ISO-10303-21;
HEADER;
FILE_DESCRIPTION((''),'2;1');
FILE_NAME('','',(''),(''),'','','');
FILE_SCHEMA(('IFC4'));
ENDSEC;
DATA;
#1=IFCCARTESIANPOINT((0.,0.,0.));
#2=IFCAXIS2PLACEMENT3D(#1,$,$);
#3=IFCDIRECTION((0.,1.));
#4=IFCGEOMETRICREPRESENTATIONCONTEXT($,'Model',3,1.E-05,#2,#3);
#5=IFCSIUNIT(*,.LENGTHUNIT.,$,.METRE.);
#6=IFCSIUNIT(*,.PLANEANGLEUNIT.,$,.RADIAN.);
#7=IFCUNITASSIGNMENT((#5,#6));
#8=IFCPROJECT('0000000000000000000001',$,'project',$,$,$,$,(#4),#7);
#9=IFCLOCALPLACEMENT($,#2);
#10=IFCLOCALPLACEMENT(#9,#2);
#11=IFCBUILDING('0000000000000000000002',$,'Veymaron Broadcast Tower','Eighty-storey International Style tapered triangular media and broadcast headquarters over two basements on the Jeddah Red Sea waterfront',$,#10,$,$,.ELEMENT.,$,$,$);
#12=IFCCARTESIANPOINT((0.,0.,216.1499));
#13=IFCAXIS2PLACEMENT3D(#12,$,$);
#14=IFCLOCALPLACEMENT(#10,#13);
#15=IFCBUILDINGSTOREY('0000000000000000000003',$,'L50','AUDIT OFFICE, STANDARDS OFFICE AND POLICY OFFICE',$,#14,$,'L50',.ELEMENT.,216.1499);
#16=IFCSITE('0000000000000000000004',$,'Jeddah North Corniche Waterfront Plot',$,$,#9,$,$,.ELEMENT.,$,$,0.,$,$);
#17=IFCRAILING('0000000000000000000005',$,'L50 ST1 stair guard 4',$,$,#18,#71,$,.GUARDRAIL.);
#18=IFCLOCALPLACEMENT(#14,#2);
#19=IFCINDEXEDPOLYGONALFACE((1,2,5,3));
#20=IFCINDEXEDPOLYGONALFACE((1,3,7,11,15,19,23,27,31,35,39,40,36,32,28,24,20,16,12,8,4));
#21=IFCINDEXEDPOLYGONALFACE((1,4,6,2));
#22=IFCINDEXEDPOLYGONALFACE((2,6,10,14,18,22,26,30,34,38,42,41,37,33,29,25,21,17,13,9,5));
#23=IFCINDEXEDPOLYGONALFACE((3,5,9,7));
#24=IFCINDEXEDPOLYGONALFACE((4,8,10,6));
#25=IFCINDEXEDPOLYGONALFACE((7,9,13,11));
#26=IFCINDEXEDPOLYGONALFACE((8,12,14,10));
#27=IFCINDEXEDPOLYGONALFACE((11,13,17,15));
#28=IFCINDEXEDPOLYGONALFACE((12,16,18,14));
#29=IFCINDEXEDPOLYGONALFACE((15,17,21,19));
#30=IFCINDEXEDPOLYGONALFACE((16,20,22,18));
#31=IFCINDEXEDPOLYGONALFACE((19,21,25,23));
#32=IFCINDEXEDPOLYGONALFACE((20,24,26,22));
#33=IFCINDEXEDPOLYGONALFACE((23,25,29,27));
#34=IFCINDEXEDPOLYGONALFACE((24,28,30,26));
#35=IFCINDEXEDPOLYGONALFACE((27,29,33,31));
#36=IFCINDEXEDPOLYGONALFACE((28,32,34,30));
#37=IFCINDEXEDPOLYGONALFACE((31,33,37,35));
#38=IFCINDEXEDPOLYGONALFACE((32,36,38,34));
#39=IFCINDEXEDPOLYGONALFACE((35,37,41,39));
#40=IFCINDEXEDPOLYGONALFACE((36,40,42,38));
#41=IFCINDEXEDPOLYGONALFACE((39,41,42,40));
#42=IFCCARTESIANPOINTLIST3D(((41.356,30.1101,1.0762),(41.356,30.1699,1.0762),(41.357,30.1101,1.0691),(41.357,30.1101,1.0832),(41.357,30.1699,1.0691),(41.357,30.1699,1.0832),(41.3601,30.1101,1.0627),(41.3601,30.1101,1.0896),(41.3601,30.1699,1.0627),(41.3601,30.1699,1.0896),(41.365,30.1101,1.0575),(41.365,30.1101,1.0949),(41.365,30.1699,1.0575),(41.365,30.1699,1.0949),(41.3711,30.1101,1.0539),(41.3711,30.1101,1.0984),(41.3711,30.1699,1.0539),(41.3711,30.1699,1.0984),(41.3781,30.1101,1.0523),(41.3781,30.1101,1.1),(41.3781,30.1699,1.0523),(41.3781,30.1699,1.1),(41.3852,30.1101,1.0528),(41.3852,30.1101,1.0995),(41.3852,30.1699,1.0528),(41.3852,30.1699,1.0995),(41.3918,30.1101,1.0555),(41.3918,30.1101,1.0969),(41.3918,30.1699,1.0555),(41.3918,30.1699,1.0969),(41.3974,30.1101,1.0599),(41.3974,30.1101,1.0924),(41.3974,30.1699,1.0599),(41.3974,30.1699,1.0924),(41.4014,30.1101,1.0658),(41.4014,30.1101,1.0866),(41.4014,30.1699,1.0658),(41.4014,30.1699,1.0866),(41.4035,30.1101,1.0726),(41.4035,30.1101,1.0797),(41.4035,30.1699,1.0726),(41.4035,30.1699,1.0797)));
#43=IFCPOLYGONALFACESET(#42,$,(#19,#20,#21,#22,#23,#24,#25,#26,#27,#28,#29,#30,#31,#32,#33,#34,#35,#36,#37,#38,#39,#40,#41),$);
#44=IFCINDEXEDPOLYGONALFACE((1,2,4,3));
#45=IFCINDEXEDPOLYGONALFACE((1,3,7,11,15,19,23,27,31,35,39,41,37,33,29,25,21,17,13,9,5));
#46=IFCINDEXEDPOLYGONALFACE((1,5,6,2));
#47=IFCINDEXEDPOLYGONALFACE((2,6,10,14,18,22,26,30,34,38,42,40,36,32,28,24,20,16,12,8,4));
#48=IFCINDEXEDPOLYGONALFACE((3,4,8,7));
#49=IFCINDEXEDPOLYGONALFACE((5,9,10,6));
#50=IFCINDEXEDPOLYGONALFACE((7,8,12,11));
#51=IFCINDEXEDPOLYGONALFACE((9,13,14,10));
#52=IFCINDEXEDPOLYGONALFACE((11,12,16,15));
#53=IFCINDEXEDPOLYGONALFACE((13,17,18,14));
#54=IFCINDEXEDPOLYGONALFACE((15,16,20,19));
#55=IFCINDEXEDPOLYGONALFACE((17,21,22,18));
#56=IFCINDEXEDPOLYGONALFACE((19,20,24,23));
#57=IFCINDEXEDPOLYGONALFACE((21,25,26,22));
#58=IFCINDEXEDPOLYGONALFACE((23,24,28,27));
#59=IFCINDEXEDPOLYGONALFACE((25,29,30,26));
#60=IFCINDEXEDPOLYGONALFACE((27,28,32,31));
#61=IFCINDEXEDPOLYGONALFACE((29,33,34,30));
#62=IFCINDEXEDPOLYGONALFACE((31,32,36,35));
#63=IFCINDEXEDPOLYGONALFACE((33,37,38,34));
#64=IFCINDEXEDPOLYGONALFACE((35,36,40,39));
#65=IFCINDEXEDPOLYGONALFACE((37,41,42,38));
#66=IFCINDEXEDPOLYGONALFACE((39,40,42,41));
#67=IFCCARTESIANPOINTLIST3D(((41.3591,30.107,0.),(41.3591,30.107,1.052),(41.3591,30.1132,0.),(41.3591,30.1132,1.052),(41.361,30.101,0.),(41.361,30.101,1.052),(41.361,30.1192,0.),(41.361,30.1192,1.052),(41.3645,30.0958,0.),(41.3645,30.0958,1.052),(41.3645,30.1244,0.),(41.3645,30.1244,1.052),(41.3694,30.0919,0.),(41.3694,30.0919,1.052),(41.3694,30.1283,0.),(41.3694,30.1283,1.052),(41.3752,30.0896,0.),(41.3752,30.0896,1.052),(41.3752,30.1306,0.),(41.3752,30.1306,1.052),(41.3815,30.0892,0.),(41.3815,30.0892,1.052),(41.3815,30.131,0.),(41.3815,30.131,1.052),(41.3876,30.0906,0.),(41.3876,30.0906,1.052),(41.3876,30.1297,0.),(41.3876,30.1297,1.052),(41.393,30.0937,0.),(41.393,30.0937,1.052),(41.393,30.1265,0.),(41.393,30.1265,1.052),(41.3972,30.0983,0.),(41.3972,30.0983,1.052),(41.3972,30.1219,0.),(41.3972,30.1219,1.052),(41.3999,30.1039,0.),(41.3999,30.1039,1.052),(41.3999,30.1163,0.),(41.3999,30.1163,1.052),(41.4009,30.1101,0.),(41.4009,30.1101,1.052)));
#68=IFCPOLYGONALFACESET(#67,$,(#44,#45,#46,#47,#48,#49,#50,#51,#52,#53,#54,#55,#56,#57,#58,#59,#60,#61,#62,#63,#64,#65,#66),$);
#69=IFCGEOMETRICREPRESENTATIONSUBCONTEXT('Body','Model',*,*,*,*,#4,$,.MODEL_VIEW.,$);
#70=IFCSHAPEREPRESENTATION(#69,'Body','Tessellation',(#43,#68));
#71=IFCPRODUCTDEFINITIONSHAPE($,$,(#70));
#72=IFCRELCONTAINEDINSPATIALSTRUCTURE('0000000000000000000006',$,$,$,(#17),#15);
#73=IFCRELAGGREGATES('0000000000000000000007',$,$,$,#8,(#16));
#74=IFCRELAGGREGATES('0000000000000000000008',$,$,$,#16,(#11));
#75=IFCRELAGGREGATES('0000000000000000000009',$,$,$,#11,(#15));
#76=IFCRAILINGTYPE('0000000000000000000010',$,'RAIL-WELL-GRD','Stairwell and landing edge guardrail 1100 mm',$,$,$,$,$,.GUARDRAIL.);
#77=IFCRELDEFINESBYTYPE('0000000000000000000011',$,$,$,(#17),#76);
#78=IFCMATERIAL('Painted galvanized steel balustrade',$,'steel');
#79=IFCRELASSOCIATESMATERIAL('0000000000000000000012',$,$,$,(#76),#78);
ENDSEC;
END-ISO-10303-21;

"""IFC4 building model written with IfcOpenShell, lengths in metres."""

from ifc_helpers import new_model, si_unit, direction, frame, origin, origin_2d, place, context, subcontext, project, spatial, circle, extrude, material, type_object, element, save


model = new_model("IFC4")

# Units and contexts
model_context = context("Model", 3, precision=1e-05, world=origin(), true_north=direction((0.0, 1.0)))
body_context = subcontext(model_context, "Body", "Model", "MODEL_VIEW")
ifc_project = project(units=[si_unit("LENGTHUNIT", "METRE"), si_unit("PLANEANGLEUNIT", "RADIAN")], contexts=[model_context])

# Site, building, storey
site_placement = place(None, origin())
site = spatial("IfcSite", under=ifc_project, at=site_placement, Name="Jeddah North Corniche Waterfront Plot", CompositionType="ELEMENT", RefElevation=0.0)
building_placement = place(site_placement, origin())
building = spatial("IfcBuilding", under=site, at=building_placement, Name="Veymaron Broadcast Tower", Description="Eighty-storey International Style tapered triangular media and broadcast headquarters over two basements on the Jeddah Red Sea waterfront", CompositionType="ELEMENT")
storey_placement = place(building_placement, frame((0.0, 0.0, 216.1499)))
storey = spatial("IfcBuildingStorey", under=building, at=storey_placement, Name="L50", Description="AUDIT OFFICE, STANDARDS OFFICE AND POLICY OFFICE", LongName="L50", CompositionType="ELEMENT", Elevation=216.1499)

# Railing
ifc_material_1 = material(Name="Painted galvanized steel balustrade", Category="steel")
railing_type_1 = type_object("IfcRailingType", Name="RAIL-WELL-GRD", Description="Stairwell and landing edge guardrail 1100 mm", PredefinedType="GUARDRAIL", material=ifc_material_1)
railing_1_placement = place(storey_placement, frame((41.3799, 30.1101, 0.0)))
element("IfcRailing", 1, at=railing_1_placement, inside=storey, type_object=railing_type_1, Name="L50 ST1 stair guard 4", PredefinedType="GUARDRAIL", context=body_context, shape_type="SweptSolid", body=[
    extrude(circle(Radius=0.0239, at=origin_2d()), frame((0.0, 0.0, 1.0762), z_axis=(0.0, 1.0, 0.0), x_axis=(-1.0, 0.0, 0.0)), (0.0, 0.0, 1.0), 0.0598),
    extrude(circle(Radius=0.021, at=origin_2d()), origin(), (0.0, 0.0, 1.0), 1.052),
])

save(model, "model.ifc")
